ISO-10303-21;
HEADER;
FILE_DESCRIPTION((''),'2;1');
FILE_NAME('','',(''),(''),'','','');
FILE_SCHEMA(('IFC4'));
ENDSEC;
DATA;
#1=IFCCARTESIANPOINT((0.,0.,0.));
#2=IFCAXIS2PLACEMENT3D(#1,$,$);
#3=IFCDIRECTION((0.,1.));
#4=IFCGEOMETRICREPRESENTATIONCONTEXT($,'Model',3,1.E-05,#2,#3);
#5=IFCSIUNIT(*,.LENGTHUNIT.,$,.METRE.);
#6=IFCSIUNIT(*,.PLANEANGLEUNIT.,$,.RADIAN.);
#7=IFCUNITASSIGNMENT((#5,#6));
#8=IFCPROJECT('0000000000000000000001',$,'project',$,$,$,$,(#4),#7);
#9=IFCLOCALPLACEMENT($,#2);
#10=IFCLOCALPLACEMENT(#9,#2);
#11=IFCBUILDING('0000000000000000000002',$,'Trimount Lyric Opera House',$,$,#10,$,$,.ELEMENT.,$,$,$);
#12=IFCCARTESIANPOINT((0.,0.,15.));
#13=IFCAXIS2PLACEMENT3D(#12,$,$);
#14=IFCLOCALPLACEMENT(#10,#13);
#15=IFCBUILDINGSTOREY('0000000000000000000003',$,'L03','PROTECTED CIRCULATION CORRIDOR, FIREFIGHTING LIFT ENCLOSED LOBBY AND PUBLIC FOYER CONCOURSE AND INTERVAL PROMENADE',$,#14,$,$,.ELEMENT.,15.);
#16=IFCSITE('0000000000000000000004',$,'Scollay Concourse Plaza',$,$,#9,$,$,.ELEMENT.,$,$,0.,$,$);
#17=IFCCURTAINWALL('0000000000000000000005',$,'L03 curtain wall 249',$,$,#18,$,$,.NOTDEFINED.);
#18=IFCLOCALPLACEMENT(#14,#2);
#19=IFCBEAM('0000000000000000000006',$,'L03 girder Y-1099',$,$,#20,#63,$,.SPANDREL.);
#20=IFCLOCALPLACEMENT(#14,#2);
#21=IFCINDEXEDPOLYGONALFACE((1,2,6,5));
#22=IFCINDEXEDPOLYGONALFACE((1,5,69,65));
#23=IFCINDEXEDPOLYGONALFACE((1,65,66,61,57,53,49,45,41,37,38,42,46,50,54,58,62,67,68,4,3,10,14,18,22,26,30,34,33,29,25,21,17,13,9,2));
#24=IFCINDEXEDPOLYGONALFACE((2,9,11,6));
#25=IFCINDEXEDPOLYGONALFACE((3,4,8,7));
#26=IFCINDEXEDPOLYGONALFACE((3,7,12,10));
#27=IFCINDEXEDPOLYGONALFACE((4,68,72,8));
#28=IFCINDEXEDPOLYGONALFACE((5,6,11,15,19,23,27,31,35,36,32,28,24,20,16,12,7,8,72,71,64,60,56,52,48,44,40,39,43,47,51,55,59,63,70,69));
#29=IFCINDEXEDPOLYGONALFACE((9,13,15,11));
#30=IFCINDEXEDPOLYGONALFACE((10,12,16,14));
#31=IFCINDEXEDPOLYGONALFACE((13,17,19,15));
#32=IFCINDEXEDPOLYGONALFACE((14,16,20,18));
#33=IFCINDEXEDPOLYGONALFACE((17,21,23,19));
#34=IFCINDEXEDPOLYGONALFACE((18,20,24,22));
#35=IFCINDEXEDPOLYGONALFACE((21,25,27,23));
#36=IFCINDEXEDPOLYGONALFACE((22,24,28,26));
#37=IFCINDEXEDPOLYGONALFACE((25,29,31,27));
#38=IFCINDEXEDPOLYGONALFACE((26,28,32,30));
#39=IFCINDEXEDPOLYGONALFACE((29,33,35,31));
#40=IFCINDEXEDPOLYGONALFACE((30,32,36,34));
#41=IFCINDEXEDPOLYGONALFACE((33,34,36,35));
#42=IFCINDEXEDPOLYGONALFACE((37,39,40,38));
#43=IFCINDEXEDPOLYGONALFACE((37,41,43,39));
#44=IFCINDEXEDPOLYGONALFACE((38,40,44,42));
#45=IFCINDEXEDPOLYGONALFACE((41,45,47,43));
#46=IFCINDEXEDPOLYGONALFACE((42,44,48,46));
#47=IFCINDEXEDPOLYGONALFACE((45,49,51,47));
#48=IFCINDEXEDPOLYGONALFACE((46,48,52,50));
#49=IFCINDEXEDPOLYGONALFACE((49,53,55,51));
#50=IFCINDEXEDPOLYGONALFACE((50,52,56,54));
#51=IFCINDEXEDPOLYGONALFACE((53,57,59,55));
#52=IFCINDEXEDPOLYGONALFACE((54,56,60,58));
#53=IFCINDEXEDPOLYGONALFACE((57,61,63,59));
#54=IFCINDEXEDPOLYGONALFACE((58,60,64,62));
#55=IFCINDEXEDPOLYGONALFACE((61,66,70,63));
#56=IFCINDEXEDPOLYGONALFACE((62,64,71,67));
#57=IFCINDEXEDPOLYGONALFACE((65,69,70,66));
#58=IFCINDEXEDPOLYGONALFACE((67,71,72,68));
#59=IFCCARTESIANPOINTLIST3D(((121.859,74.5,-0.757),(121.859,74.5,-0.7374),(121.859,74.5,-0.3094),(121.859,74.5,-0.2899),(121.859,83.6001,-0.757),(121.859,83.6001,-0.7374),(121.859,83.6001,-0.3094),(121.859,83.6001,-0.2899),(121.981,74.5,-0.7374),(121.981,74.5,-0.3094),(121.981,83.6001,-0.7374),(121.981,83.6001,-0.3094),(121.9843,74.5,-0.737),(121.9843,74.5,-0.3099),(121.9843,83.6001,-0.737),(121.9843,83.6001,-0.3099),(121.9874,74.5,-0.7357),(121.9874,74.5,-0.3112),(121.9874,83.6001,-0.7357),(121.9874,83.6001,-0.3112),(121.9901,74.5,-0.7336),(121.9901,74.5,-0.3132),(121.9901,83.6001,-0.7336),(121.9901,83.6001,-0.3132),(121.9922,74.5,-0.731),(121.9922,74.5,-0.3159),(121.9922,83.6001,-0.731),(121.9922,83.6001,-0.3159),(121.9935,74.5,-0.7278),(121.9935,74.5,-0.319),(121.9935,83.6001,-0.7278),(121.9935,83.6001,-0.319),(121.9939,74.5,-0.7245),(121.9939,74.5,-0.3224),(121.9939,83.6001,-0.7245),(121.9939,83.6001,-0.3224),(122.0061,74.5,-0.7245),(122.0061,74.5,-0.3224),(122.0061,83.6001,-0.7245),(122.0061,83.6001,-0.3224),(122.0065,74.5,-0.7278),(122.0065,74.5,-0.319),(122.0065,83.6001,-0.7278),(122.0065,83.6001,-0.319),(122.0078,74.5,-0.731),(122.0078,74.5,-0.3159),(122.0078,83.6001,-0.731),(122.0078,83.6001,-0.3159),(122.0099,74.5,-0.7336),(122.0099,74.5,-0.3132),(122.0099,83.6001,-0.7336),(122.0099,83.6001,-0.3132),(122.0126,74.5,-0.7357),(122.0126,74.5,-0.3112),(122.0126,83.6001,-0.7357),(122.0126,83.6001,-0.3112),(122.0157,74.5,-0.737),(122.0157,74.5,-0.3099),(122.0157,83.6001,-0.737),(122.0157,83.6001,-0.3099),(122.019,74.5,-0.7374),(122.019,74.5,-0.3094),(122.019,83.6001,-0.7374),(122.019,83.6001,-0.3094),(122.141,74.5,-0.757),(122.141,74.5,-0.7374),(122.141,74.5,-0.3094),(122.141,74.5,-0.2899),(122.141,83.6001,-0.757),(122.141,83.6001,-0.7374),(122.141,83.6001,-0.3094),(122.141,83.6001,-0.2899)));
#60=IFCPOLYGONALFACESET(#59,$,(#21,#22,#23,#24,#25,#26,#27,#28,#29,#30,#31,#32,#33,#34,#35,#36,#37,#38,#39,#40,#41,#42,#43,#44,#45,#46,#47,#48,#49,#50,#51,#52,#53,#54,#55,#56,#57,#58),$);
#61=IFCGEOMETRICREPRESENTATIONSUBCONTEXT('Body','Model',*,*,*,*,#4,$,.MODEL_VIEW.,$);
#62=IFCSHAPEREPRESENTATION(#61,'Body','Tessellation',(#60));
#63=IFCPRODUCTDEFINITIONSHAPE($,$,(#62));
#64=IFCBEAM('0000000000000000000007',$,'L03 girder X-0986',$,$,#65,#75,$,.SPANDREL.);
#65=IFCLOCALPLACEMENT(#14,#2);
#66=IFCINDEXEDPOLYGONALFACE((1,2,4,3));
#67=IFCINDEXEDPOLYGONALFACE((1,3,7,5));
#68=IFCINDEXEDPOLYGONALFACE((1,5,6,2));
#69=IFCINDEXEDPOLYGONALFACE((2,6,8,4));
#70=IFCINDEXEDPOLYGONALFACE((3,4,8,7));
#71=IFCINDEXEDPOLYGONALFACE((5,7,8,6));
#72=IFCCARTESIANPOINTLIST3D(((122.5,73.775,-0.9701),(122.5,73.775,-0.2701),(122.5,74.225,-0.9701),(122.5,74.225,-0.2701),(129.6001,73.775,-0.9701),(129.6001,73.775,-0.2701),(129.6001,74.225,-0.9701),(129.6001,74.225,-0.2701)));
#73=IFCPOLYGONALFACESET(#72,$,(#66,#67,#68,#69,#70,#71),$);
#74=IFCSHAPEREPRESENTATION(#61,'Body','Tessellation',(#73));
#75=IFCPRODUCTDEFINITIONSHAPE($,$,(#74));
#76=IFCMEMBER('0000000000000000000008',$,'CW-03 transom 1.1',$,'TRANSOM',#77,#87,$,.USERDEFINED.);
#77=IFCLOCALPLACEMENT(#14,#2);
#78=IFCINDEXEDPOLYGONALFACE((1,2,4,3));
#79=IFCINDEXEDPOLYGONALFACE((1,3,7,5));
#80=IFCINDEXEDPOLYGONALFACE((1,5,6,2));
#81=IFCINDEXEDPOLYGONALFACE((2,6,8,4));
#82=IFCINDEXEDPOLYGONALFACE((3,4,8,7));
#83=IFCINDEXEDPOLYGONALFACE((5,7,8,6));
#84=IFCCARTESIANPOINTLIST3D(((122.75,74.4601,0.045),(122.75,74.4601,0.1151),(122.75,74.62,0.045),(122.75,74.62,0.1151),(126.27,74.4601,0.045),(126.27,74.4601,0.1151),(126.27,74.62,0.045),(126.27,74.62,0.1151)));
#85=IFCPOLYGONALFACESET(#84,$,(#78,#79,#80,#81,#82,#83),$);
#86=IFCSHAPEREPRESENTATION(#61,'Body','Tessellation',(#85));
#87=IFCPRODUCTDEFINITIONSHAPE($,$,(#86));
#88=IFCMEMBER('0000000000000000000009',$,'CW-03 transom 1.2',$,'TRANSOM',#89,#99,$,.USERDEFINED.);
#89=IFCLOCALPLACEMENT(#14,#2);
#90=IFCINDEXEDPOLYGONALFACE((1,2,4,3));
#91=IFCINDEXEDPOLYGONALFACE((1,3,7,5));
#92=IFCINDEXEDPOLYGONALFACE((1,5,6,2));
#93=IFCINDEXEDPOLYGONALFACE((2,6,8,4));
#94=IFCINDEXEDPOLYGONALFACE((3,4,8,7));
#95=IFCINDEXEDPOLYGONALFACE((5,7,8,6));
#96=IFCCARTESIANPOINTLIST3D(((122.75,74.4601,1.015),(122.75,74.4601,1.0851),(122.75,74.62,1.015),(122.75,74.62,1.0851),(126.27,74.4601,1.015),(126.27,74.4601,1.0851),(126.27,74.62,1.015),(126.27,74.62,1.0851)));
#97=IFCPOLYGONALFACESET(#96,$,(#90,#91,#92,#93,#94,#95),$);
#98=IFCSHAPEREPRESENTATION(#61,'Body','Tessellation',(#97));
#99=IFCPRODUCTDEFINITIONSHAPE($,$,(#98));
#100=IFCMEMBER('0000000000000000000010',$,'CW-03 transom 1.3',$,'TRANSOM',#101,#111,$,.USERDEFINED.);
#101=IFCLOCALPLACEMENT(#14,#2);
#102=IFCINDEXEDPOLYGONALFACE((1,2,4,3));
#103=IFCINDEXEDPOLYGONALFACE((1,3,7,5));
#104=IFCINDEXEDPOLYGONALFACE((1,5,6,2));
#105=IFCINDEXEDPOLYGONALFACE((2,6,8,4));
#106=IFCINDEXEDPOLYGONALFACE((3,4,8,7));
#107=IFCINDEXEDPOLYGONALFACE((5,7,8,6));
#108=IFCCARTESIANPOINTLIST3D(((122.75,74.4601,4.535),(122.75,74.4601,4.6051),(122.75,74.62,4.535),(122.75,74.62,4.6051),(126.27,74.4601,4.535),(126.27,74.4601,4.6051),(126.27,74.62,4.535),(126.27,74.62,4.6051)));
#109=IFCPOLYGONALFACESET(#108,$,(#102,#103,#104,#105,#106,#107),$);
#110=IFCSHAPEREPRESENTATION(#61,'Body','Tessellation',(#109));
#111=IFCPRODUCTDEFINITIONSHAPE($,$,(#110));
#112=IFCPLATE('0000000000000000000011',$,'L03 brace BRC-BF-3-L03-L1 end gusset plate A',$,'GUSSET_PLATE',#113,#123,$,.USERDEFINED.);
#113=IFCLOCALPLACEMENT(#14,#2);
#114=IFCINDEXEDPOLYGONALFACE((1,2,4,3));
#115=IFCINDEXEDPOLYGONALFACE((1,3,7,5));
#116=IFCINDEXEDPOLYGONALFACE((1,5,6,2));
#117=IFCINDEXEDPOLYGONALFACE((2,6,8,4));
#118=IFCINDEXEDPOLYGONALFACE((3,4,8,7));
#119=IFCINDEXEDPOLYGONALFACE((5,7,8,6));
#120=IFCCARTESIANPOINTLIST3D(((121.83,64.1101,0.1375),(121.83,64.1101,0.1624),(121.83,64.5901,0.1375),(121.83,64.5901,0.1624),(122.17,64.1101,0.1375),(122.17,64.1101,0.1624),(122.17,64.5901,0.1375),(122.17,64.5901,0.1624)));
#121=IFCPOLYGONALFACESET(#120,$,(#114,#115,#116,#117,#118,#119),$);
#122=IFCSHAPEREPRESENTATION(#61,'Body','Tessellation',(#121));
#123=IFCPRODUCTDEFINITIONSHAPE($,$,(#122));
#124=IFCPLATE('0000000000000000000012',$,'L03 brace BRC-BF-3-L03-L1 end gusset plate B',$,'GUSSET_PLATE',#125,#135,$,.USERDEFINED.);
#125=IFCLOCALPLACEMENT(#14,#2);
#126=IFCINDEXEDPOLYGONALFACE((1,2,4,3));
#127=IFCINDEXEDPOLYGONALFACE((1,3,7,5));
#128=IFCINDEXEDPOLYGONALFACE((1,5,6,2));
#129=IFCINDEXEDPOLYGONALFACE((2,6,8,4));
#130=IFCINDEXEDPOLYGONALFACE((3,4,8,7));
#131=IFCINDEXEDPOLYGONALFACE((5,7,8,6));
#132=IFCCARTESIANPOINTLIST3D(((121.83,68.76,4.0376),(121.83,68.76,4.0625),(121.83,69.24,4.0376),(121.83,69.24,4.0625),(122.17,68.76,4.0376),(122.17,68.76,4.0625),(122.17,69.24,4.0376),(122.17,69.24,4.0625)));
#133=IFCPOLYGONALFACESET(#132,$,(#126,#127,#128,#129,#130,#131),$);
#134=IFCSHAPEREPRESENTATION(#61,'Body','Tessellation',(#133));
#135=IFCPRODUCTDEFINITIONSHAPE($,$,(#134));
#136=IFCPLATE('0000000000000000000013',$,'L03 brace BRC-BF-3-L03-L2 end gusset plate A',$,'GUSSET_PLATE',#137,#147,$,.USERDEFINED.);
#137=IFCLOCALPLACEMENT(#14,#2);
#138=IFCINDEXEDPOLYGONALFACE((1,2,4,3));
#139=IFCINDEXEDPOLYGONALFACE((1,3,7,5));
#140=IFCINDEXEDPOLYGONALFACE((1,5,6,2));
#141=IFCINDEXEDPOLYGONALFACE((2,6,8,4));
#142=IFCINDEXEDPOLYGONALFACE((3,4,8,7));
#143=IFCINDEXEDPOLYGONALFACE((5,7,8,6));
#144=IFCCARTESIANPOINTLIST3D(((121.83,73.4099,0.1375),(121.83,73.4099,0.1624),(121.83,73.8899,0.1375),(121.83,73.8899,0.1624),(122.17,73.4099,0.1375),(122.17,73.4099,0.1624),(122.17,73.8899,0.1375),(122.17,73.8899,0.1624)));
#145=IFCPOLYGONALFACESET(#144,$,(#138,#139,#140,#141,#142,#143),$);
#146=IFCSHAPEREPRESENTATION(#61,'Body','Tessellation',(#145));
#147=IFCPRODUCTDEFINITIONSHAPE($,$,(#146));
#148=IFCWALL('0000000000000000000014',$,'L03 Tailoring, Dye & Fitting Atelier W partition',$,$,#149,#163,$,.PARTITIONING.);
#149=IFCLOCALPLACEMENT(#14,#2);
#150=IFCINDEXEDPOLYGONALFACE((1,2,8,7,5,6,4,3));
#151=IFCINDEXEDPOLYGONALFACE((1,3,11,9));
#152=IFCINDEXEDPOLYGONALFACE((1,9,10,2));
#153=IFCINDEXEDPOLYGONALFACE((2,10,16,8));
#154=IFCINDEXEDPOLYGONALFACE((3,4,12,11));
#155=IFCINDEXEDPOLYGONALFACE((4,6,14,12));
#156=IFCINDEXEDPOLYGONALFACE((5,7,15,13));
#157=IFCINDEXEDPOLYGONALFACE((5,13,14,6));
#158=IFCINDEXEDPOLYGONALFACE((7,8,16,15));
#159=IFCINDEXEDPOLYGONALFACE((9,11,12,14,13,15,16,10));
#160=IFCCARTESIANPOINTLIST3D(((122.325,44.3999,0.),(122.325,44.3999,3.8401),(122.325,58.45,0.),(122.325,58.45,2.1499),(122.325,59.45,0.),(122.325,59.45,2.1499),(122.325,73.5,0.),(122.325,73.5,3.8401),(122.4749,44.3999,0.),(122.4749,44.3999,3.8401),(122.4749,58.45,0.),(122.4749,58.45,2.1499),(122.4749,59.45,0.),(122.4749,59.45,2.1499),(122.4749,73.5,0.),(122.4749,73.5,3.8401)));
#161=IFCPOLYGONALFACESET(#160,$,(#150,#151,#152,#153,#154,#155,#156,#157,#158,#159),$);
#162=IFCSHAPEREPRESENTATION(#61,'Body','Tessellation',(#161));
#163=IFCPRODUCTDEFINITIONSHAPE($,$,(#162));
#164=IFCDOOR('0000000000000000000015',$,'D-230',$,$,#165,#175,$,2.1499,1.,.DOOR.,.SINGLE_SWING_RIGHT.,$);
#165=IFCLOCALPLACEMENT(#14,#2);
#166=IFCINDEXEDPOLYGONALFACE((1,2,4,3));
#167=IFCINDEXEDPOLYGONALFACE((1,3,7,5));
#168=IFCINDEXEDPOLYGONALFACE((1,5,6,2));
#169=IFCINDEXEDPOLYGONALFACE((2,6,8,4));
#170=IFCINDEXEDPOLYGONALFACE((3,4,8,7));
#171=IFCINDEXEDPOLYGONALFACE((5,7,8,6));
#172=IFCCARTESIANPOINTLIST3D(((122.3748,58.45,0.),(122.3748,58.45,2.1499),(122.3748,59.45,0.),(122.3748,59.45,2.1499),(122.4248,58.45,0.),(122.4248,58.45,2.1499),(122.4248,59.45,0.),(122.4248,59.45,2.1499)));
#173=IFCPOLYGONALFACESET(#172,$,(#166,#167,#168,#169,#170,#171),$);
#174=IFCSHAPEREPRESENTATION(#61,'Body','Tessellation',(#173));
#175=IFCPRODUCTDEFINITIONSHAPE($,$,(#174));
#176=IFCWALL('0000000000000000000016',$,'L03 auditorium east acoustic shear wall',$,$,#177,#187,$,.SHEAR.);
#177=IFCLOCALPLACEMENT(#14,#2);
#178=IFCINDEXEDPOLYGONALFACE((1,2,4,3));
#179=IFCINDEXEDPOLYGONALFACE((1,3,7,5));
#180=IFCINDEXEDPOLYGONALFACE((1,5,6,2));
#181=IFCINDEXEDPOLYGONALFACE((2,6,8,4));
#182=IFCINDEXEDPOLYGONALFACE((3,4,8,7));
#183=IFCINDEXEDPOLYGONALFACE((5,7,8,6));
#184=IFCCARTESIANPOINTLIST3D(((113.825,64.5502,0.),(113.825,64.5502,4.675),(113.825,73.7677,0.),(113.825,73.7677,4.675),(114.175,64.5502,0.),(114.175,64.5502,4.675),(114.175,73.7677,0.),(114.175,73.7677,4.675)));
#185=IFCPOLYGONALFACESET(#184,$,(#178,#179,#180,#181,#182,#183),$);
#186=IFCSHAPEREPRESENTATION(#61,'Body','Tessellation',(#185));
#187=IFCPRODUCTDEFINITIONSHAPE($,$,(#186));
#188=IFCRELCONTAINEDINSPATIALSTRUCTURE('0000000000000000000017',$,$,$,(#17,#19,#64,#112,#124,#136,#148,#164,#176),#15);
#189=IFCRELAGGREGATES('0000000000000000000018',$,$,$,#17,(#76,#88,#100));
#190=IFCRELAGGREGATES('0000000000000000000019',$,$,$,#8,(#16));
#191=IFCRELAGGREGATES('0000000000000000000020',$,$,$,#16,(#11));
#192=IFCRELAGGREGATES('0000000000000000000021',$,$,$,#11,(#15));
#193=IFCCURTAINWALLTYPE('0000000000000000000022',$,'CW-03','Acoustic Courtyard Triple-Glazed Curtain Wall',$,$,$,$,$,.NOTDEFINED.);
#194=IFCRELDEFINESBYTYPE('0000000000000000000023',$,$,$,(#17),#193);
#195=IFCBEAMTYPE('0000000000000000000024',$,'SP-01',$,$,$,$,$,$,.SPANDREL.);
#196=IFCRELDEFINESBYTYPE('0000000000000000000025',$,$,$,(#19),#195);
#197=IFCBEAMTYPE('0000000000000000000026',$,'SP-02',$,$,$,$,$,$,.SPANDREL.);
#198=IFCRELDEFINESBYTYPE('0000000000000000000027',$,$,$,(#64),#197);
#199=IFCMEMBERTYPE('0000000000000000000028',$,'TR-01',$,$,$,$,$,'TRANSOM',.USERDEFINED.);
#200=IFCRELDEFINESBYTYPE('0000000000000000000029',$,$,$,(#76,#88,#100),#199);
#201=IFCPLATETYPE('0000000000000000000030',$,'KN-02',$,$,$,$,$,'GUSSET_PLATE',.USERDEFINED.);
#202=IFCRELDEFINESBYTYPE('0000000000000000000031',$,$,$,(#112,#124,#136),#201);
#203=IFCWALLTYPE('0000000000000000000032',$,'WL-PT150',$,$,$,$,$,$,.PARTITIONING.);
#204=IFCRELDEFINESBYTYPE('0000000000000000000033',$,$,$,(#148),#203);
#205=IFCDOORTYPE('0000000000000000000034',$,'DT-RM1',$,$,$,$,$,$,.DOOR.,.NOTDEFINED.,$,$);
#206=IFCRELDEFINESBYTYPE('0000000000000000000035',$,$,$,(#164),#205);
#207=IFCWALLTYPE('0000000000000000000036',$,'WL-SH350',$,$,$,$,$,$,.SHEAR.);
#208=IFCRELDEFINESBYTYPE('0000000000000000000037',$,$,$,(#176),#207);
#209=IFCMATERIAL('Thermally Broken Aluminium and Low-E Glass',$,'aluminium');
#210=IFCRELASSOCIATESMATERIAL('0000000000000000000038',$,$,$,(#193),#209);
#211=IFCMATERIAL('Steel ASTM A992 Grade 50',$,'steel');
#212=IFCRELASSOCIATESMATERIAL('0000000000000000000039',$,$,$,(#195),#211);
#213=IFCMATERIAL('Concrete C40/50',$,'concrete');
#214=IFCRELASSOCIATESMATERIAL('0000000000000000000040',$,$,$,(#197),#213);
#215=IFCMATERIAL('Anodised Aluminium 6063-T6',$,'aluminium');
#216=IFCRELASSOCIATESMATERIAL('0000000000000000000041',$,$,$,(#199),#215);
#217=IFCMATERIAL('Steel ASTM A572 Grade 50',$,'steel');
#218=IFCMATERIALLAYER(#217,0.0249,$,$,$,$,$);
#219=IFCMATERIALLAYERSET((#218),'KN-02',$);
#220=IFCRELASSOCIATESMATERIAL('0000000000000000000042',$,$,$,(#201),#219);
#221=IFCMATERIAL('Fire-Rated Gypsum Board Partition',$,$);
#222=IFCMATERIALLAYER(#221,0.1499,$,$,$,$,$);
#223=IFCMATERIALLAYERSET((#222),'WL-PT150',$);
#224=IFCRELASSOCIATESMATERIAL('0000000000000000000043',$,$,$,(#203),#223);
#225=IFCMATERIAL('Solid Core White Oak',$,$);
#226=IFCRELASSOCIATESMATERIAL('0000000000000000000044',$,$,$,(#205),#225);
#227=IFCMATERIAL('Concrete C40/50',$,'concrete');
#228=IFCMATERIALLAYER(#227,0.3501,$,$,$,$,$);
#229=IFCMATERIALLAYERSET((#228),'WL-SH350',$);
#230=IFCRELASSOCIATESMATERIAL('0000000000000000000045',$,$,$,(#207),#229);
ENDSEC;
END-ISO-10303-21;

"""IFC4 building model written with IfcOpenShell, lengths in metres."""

from ifc_helpers import new_model, si_unit, direction, frame, frame_2d, origin, origin_2d, place, context, subcontext, project, spatial, rectangle, i_section, extrude, material, layer, layer_set, material_profile, profile_set, type_object, element, fill, aggregate, save


model = new_model("IFC4")

# Units and contexts
model_context = context("Model", 3, precision=1e-05, world=origin(), true_north=direction((0.0, 1.0)))
body_context = subcontext(model_context, "Body", "Model", "MODEL_VIEW")
ifc_project = project(units=[si_unit("LENGTHUNIT", "METRE"), si_unit("PLANEANGLEUNIT", "RADIAN")], contexts=[model_context])

# Site, building, storey
site_placement = place(None, origin())
site = spatial("IfcSite", under=ifc_project, at=site_placement, Name="Scollay Concourse Plaza", CompositionType="ELEMENT", RefElevation=0.0)
building_placement = place(site_placement, origin())
building = spatial("IfcBuilding", under=site, at=building_placement, Name="Trimount Lyric Opera House", CompositionType="ELEMENT")
storey_placement = place(building_placement, frame((0.0, 0.0, 15.0)))
storey = spatial("IfcBuildingStorey", under=building, at=storey_placement, Name="L03", Description="PROTECTED CIRCULATION CORRIDOR, FIREFIGHTING LIFT ENCLOSED LOBBY AND PUBLIC FOYER CONCOURSE AND INTERVAL PROMENADE", CompositionType="ELEMENT", Elevation=15.0)

# Curtain wall
ifc_material_1 = material(Name="Thermally Broken Aluminium and Low-E Glass", Category="aluminium")
curtain_wall_type = type_object("IfcCurtainWallType", Name="CW-03", Description="Acoustic Courtyard Triple-Glazed Curtain Wall", PredefinedType="NOTDEFINED", material=ifc_material_1)
curtain_wall_placement = place(storey_placement, origin())
curtain_wall = element("IfcCurtainWall", 1, at=curtain_wall_placement, inside=storey, type_object=curtain_wall_type, Name="L03 curtain wall 249", PredefinedType="NOTDEFINED")

# Beams
ifc_material_2 = material(Name="Steel ASTM A992 Grade 50", Category="steel")
ifc_material_profile_1 = material_profile(ifc_material_2, i_section(OverallWidth=0.282, OverallDepth=0.467, WebThickness=0.0122, FlangeThickness=0.0195, FilletRadius=0.0129, at=origin_2d()), Name="W18X86")
ifc_profile_set_1 = profile_set([ifc_material_profile_1], Name="Steel ASTM A992 Grade 50")
beam_type_1 = type_object("IfcBeamType", Name="SP-01", PredefinedType="SPANDREL", material=ifc_profile_set_1)
beam_1_placement = place(storey_placement, frame((122.0, 74.5, -0.5234), z_axis=(0.0, 1.0, 0.0), x_axis=(-1.0, 0.0, 0.0)))
element("IfcBeam", 2, at=beam_1_placement, inside=storey, type_object=beam_type_1, Name="L03 girder Y-1099", PredefinedType="SPANDREL", context=body_context, shape_type="SweptSolid", body=[
    extrude(i_section(OverallWidth=0.282, OverallDepth=0.467, WebThickness=0.0122, FlangeThickness=0.0195, FilletRadius=0.0129, at=origin_2d()), origin(), (0.0, 0.0, 1.0), 9.1001),
])
ifc_material_3 = material(Name="Concrete C40/50", Category="concrete")
ifc_material_profile_2 = material_profile(ifc_material_3, rectangle(XDim=0.45, YDim=0.7, at=origin_2d()), Name="RC450X700")
ifc_profile_set_2 = profile_set([ifc_material_profile_2], Name="Concrete C40/50")
beam_type_2 = type_object("IfcBeamType", Name="SP-02", PredefinedType="SPANDREL", material=ifc_profile_set_2)
beam_2_placement = place(storey_placement, frame((122.5, 74.0, -0.6201), z_axis=(1.0, 0.0, 0.0), x_axis=(0.0, 1.0, 0.0)))
element("IfcBeam", 3, at=beam_2_placement, inside=storey, type_object=beam_type_2, Name="L03 girder X-0986", PredefinedType="SPANDREL", context=body_context, shape_type="SweptSolid", body=[
    extrude(rectangle(XDim=0.45, YDim=0.7, at=origin_2d()), origin(), (0.0, 0.0, 1.0), 7.1001),
])

# Members
ifc_material_4 = material(Name="Anodised Aluminium 6063-T6", Category="aluminium")
ifc_material_profile_3 = material_profile(ifc_material_4, rectangle(XDim=0.1599, YDim=0.0701, at=origin_2d()), Name="ALU-TRAN-70X160")
ifc_profile_set_3 = profile_set([ifc_material_profile_3], Name="Anodised Aluminium 6063-T6")
member_type_1 = type_object("IfcMemberType", Name="TR-01", ElementType="TRANSOM", PredefinedType="USERDEFINED", material=ifc_profile_set_3)
member_1_placement = place(storey_placement, frame((122.75, 74.54, 0.0801), z_axis=(1.0, 0.0, 0.0), x_axis=(0.0, 1.0, 0.0)))
member_1 = element("IfcMember", 4, at=member_1_placement, type_object=member_type_1, Name="CW-03 transom 1.1", ObjectType="TRANSOM", PredefinedType="USERDEFINED", context=body_context, shape_type="SweptSolid", body=[
    extrude(rectangle(XDim=0.1599, YDim=0.0701, at=origin_2d()), origin(), (0.0, 0.0, 1.0), 3.52),
])
member_2_placement = place(storey_placement, frame((122.75, 74.54, 1.05), z_axis=(1.0, 0.0, 0.0), x_axis=(0.0, 1.0, 0.0)))
member_2 = element("IfcMember", 5, at=member_2_placement, type_object=member_type_1, Name="CW-03 transom 1.2", ObjectType="TRANSOM", PredefinedType="USERDEFINED", context=body_context, shape_type="SweptSolid", body=[
    extrude(rectangle(XDim=0.1599, YDim=0.0701, at=origin_2d()), origin(), (0.0, 0.0, 1.0), 3.52),
])
member_3_placement = place(storey_placement, frame((122.75, 74.54, 4.5701), z_axis=(1.0, 0.0, 0.0), x_axis=(0.0, 1.0, 0.0)))
member_3 = element("IfcMember", 6, at=member_3_placement, type_object=member_type_1, Name="CW-03 transom 1.3", ObjectType="TRANSOM", PredefinedType="USERDEFINED", context=body_context, shape_type="SweptSolid", body=[
    extrude(rectangle(XDim=0.1599, YDim=0.0701, at=origin_2d()), origin(), (0.0, 0.0, 1.0), 3.52),
])
aggregate(curtain_wall, [member_1, member_2, member_3])

# Plates
ifc_material_5 = material(Name="Steel ASTM A572 Grade 50", Category="steel")
ifc_layer_1 = layer(ifc_material_5, 0.0249)
ifc_layer_set_1 = layer_set([ifc_layer_1], Name="KN-02")
plate_type = type_object("IfcPlateType", Name="KN-02", ElementType="GUSSET_PLATE", PredefinedType="USERDEFINED", material=ifc_layer_set_1)
for number, where, z_axis, x_axis, name in (
    (7, (122.0, 64.3501, 0.1375), (0.0, 0.0, 1.0), (0.0, 1.0, 0.0), "L03 brace BRC-BF-3-L03-L1 end gusset plate A"),
    (8, (122.0, 69.0, 4.0376), (0.0, 0.0, 1.0), (0.0, 1.0, 0.0), "L03 brace BRC-BF-3-L03-L1 end gusset plate B"),
    (9, (122.0, 73.6499, 0.1375), (0.0, 0.0, 1.0), (0.0, -1.0, 0.0), "L03 brace BRC-BF-3-L03-L2 end gusset plate A"),
):
    element("IfcPlate", number, at=place(storey_placement, frame(where, z_axis=z_axis, x_axis=x_axis)), inside=storey, type_object=plate_type, Name=name, ObjectType="GUSSET_PLATE", PredefinedType="USERDEFINED", context=body_context, shape_type="SweptSolid", body=[
        extrude(rectangle(XDim=0.48, YDim=0.3401, at=origin_2d()), origin(), (0.0, 0.0, 1.0), 0.0249),
    ])

# Wall, opening, door
ifc_material_6 = material(Name="Fire-Rated Gypsum Board Partition")
ifc_layer_2 = layer(ifc_material_6, 0.1499)
ifc_layer_set_2 = layer_set([ifc_layer_2], Name="WL-PT150")
wall_type_1 = type_object("IfcWallType", Name="WL-PT150", PredefinedType="PARTITIONING", material=ifc_layer_set_2)
wall_placement = place(storey_placement, frame((122.3999, 73.5, 0.0), z_axis=(0.0, 0.0, 1.0), x_axis=(0.0, -1.0, 0.0)))
wall = element("IfcWall", 10, at=wall_placement, inside=storey, type_object=wall_type_1, Name="L03 Tailoring, Dye & Fitting Atelier W partition", PredefinedType="PARTITIONING", context=body_context, shape_type="SweptSolid", body=[
    extrude(rectangle(XDim=29.1001, YDim=0.1499, at=frame_2d((14.55, 0.0))), origin(), (0.0, 0.0, 1.0), 3.8401),
])
opening_placement = place(wall_placement, frame((14.05, 0.0, 0.0)))
opening = element("IfcOpeningElement", 11, at=opening_placement, cuts=wall, PredefinedType="OPENING", context=body_context, shape_type="SweptSolid", body=[
    extrude(rectangle(XDim=1.0, YDim=2.1499, at=frame_2d((0.5, 1.075))), frame((0.0, 0.085, 0.0), z_axis=(0.0, -1.0, 0.0), x_axis=(1.0, 0.0, 0.0)), (0.0, 0.0, 1.0), 0.1699),
])
ifc_material_7 = material(Name="Solid Core White Oak")
door_type = type_object("IfcDoorType", Name="DT-RM1", OperationType="NOTDEFINED", PredefinedType="DOOR", material=ifc_material_7)
door_placement = place(opening_placement, origin())
door = element("IfcDoor", 12, at=door_placement, inside=storey, type_object=door_type, Name="D-230", OperationType="SINGLE_SWING_RIGHT", OverallHeight=2.1499, OverallWidth=1.0, PredefinedType="DOOR", context=body_context, shape_type="SweptSolid", body=[
    extrude(rectangle(XDim=1.0, YDim=2.1499, at=frame_2d((0.5, 1.075))), frame((0.0, 0.0249, 0.0), z_axis=(0.0, -1.0, 0.0), x_axis=(1.0, 0.0, 0.0)), (0.0, 0.0, 1.0), 0.05),
])
fill(opening, door)

# Wall
ifc_material_8 = material(Name="Concrete C40/50", Category="concrete")
ifc_layer_3 = layer(ifc_material_8, 0.3501)
ifc_layer_set_3 = layer_set([ifc_layer_3], Name="WL-SH350")
wall_type_2 = type_object("IfcWallType", Name="WL-SH350", PredefinedType="SHEAR", material=ifc_layer_set_3)
for number, where, z_axis, x_axis, name in (
    (13, (114.0, 64.55, 0.0), (0.0, 0.0, 1.0), (0.0, 1.0, 0.0), "L03 auditorium east acoustic shear wall"),
):
    element("IfcWall", number, at=place(storey_placement, frame(where, z_axis=z_axis, x_axis=x_axis)), inside=storey, type_object=wall_type_2, Name=name, PredefinedType="SHEAR", context=body_context, shape_type="SweptSolid", body=[
        extrude(rectangle(XDim=9.2175, YDim=0.3501, at=frame_2d((4.6089, 0.0))), origin(), (0.0, 0.0, 1.0), 4.675),
    ])

save(model, "model.ifc")
